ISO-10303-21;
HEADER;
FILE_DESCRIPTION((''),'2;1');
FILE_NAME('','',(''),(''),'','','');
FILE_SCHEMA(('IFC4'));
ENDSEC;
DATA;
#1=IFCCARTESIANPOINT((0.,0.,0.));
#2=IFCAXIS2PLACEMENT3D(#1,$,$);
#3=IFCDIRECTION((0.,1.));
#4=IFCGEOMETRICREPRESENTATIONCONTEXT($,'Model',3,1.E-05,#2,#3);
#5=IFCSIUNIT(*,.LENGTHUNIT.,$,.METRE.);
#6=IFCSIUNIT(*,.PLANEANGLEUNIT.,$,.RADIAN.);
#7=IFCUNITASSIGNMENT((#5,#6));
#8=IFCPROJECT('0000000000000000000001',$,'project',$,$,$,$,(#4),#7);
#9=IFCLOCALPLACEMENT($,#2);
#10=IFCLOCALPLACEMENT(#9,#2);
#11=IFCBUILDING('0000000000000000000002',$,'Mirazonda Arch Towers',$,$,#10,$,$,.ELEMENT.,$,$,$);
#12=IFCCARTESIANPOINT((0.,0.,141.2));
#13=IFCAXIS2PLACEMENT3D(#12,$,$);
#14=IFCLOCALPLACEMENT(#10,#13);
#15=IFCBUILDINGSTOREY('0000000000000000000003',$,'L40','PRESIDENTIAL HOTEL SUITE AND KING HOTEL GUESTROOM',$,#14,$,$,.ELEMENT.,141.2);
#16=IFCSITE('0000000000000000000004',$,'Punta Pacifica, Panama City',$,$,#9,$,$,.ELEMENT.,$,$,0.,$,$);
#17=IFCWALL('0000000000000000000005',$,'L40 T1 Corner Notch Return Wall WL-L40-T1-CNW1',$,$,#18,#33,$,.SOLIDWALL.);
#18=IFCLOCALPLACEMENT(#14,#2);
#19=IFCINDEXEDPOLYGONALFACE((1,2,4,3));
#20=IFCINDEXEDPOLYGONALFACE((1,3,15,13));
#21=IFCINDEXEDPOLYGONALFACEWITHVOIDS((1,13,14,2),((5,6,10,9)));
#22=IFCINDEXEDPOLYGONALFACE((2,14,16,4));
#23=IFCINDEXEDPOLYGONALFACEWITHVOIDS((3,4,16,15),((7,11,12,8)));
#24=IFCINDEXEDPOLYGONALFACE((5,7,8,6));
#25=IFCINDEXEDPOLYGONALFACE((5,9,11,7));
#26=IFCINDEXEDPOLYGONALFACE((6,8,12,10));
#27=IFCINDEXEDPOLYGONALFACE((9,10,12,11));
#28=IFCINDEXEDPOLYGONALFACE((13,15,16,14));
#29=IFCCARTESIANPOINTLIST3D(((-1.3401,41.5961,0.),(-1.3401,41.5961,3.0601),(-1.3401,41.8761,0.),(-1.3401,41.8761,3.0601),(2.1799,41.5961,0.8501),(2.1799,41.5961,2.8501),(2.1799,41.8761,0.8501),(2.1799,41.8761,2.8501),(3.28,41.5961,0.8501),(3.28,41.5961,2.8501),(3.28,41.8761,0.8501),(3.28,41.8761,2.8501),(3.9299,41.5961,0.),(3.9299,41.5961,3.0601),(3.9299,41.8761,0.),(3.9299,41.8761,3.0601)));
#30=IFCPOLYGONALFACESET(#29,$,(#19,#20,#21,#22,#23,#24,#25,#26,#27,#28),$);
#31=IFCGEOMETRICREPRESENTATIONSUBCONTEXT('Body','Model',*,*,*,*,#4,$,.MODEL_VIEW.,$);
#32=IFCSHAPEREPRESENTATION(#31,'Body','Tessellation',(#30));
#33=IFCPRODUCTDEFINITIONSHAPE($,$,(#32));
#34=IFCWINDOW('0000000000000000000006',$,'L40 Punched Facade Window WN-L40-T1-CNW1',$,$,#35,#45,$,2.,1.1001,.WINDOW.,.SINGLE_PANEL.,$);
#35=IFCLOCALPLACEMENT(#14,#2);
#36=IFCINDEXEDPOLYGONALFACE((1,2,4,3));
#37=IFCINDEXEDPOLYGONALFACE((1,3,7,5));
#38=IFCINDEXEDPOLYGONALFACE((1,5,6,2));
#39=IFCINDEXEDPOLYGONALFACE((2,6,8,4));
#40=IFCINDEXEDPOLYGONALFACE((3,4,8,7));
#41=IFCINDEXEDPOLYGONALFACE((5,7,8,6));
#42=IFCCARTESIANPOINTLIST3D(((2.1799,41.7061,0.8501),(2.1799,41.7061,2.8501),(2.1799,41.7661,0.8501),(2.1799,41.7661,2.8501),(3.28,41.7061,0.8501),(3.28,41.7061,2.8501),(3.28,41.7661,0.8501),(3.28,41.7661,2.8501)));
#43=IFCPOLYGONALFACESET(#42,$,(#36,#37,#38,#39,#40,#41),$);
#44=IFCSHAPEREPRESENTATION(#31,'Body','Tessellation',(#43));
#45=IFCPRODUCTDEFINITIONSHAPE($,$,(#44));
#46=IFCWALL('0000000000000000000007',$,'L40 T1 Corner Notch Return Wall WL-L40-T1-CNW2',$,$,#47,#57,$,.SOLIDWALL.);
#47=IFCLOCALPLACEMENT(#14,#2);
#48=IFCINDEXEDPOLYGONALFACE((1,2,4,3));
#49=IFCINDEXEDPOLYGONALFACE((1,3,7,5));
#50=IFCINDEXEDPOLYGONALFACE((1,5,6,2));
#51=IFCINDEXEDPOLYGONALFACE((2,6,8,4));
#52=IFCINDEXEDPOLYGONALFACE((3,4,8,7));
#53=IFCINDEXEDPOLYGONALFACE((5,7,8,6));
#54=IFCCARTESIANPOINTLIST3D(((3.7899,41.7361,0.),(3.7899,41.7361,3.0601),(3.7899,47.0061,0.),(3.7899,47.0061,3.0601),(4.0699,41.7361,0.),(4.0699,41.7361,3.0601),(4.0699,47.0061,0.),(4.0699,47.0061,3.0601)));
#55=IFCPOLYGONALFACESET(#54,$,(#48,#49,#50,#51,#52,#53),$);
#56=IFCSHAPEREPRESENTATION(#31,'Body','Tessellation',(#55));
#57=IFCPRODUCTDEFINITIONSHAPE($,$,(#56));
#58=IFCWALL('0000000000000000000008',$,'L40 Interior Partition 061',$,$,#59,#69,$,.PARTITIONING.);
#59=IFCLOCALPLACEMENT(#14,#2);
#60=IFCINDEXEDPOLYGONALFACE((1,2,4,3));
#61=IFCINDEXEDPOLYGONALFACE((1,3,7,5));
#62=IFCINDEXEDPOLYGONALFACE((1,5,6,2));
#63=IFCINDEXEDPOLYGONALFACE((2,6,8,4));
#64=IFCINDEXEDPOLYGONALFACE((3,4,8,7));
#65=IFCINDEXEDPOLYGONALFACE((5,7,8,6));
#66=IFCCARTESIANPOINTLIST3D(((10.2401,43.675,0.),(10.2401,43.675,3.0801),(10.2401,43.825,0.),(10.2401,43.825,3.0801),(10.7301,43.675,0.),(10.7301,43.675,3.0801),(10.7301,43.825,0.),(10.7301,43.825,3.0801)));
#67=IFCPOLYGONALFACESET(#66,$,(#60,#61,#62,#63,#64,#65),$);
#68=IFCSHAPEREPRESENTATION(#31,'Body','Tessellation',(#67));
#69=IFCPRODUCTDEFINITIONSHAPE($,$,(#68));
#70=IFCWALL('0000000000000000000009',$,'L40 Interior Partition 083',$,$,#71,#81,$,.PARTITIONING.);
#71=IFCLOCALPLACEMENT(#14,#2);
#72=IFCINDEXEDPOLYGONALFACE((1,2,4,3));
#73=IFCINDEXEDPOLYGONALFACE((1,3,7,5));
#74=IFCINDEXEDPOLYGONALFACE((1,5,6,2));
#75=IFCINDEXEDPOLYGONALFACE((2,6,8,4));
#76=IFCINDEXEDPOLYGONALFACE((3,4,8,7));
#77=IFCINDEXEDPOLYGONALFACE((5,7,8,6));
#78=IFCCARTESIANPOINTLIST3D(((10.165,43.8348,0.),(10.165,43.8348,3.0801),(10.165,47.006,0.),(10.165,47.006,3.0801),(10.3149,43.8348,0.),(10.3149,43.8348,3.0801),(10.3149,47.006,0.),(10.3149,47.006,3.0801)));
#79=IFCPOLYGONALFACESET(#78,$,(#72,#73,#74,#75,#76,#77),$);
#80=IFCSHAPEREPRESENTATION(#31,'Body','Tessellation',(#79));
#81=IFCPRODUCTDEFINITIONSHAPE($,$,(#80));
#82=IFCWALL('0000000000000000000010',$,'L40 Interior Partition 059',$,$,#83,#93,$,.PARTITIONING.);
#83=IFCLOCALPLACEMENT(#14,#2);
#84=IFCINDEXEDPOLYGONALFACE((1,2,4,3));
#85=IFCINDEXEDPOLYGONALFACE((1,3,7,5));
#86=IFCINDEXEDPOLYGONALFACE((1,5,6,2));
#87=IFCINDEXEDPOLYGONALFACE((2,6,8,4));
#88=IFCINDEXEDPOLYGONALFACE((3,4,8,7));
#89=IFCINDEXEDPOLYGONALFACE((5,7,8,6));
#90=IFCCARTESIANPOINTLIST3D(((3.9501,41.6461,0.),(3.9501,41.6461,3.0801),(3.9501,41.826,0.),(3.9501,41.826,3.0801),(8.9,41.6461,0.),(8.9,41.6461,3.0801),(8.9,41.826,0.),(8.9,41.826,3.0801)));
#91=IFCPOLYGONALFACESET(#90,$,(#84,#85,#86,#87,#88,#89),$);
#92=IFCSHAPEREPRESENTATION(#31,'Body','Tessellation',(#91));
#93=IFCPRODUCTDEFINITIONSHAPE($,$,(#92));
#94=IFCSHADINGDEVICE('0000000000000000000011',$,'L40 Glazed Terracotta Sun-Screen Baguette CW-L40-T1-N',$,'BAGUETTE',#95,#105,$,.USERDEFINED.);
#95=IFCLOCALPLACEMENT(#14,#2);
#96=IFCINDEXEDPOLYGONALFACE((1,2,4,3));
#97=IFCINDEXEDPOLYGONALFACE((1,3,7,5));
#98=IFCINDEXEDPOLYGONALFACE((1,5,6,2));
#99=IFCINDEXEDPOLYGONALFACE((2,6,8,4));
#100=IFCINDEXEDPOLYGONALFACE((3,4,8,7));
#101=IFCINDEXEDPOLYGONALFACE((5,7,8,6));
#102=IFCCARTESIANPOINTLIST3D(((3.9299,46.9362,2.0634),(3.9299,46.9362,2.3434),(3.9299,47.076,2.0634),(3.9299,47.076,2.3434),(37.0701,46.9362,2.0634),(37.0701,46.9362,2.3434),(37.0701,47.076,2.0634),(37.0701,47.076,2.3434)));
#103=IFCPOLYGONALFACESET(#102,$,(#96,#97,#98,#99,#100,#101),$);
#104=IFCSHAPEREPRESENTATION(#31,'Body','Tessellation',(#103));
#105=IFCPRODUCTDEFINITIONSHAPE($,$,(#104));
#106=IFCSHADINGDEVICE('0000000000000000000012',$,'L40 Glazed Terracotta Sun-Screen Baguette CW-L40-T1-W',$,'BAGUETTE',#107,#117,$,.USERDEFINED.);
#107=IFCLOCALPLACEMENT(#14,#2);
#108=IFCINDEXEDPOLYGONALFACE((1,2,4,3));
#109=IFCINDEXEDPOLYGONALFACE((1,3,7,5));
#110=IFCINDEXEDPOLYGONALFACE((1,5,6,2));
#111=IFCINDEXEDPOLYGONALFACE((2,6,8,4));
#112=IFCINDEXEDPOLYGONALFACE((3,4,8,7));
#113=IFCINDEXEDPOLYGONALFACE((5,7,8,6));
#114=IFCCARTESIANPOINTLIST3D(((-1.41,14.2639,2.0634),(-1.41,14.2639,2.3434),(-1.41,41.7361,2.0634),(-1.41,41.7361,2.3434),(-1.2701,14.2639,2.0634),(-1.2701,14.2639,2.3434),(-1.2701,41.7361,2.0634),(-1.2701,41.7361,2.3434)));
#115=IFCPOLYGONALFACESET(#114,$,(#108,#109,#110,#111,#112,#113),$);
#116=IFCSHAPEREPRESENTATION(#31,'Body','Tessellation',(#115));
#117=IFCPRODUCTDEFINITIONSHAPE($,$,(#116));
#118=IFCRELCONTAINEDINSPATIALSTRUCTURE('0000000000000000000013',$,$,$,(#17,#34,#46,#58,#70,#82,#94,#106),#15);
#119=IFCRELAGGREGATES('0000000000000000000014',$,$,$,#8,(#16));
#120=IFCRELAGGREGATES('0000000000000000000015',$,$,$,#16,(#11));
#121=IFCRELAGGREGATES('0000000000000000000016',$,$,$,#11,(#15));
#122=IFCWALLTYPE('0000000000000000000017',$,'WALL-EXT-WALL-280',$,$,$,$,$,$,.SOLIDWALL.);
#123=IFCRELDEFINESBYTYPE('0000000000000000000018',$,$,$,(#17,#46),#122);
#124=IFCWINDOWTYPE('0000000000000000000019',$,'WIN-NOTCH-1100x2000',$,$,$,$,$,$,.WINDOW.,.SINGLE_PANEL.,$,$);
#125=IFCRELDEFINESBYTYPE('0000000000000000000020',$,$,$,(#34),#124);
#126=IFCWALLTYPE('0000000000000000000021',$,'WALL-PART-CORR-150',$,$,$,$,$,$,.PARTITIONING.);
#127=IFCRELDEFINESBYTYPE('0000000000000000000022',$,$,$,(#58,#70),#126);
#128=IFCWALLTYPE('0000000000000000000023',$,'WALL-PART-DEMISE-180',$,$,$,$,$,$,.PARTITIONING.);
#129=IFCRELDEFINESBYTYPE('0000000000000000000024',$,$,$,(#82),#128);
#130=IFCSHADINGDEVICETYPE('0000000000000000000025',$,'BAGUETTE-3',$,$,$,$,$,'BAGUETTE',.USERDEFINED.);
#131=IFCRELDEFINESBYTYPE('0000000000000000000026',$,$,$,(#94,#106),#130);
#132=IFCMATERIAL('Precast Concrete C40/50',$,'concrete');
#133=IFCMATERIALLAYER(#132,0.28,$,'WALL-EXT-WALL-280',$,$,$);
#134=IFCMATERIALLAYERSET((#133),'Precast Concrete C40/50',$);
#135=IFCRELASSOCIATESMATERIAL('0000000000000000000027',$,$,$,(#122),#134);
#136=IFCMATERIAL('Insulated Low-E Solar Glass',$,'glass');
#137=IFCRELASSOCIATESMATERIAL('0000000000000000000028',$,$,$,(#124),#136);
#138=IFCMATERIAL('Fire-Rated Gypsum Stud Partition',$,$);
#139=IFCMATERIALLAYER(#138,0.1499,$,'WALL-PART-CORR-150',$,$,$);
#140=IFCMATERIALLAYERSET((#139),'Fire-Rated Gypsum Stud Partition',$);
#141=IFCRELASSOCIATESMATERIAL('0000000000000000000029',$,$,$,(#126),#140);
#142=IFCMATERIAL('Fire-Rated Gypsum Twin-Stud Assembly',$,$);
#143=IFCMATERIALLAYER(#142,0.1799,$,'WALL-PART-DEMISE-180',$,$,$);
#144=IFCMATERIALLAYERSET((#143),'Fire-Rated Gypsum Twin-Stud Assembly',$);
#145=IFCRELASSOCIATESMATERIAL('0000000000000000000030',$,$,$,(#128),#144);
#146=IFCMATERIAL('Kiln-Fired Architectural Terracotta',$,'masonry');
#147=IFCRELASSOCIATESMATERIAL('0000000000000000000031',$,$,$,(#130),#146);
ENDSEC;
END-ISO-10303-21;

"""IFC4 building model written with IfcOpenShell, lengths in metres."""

from ifc_helpers import new_model, si_unit, direction, frame, frame_2d, origin, origin_2d, place, context, subcontext, project, spatial, rectangle, extrude, material, layer, layer_set, material_profile, profile_set, type_object, element, fill, save


model = new_model("IFC4")

# Units and contexts
model_context = context("Model", 3, precision=1e-05, world=origin(), true_north=direction((0.0, 1.0)))
body_context = subcontext(model_context, "Body", "Model", "MODEL_VIEW")
ifc_project = project(units=[si_unit("LENGTHUNIT", "METRE"), si_unit("PLANEANGLEUNIT", "RADIAN")], contexts=[model_context])

# Site, building, storey
site_placement = place(None, origin())
site = spatial("IfcSite", under=ifc_project, at=site_placement, Name="Punta Pacifica, Panama City", CompositionType="ELEMENT", RefElevation=0.0)
building_placement = place(site_placement, origin())
building = spatial("IfcBuilding", under=site, at=building_placement, Name="Mirazonda Arch Towers", CompositionType="ELEMENT")
storey_placement = place(building_placement, frame((0.0, 0.0, 141.2)))
storey = spatial("IfcBuildingStorey", under=building, at=storey_placement, Name="L40", Description="PRESIDENTIAL HOTEL SUITE AND KING HOTEL GUESTROOM", CompositionType="ELEMENT", Elevation=141.2)

# Shared definitions
ifc_material_1 = material(Name="Insulated Low-E Solar Glass", Category="glass")

# Wall, opening, window
ifc_material_2 = material(Name="Precast Concrete C40/50", Category="concrete")
ifc_layer_1 = layer(ifc_material_2, 0.28, Name="WALL-EXT-WALL-280")
ifc_layer_set_1 = layer_set([ifc_layer_1], Name="Precast Concrete C40/50")
wall_type_1 = type_object("IfcWallType", Name="WALL-EXT-WALL-280", PredefinedType="SOLIDWALL", material=ifc_layer_set_1)
wall_1_placement = place(storey_placement, frame((3.9299, 41.7361, 0.0), z_axis=(0.0, 0.0, 1.0), x_axis=(-1.0, 0.0, 0.0)))
wall_1 = element("IfcWall", 1, at=wall_1_placement, inside=storey, type_object=wall_type_1, Name="L40 T1 Corner Notch Return Wall WL-L40-T1-CNW1", PredefinedType="SOLIDWALL", context=body_context, shape_type="SweptSolid", body=[
    extrude(rectangle(XDim=5.27, YDim=0.28, at=frame_2d((2.635, 0.0))), origin(), (0.0, 0.0, 1.0), 3.0601),
])
opening_1_placement = place(wall_1_placement, frame((0.6499, 0.0, 0.8501)))
opening_1 = element("IfcOpeningElement", 2, at=opening_1_placement, cuts=wall_1, PredefinedType="OPENING", context=body_context, shape_type="SweptSolid", body=[
    extrude(rectangle(XDim=1.1001, YDim=2.0, at=frame_2d((0.55, 1.0))), frame((0.0, 0.1499, 0.0), z_axis=(0.0, -1.0, 0.0), x_axis=(1.0, 0.0, 0.0)), (0.0, 0.0, 1.0), 0.3),
])
window_type = type_object("IfcWindowType", Name="WIN-NOTCH-1100x2000", PartitioningType="SINGLE_PANEL", PredefinedType="WINDOW", material=ifc_material_1)
window_placement = place(opening_1_placement, origin())
window = element("IfcWindow", 3, at=window_placement, inside=storey, type_object=window_type, Name="L40 Punched Facade Window WN-L40-T1-CNW1", OverallHeight=2.0, OverallWidth=1.1001, PartitioningType="SINGLE_PANEL", PredefinedType="WINDOW", context=body_context, shape_type="SweptSolid", body=[
    extrude(rectangle(XDim=1.1001, YDim=2.0, at=frame_2d((0.55, 1.0))), frame((0.0, 0.03, 0.0), z_axis=(0.0, -1.0, 0.0), x_axis=(1.0, 0.0, 0.0)), (0.0, 0.0, 1.0), 0.0601),
])
fill(opening_1, window)

# Walls
wall_2_placement = place(storey_placement, frame((3.9299, 47.0061, 0.0), z_axis=(0.0, 0.0, 1.0), x_axis=(0.0, -1.0, 0.0)))
element("IfcWall", 4, at=wall_2_placement, inside=storey, type_object=wall_type_1, Name="L40 T1 Corner Notch Return Wall WL-L40-T1-CNW2", PredefinedType="SOLIDWALL", context=body_context, shape_type="SweptSolid", body=[
    extrude(rectangle(XDim=5.27, YDim=0.28, at=frame_2d((2.635, 0.0))), origin(), (0.0, 0.0, 1.0), 3.0601),
])
ifc_material_3 = material(Name="Fire-Rated Gypsum Stud Partition")
ifc_layer_2 = layer(ifc_material_3, 0.1499, Name="WALL-PART-CORR-150")
ifc_layer_set_2 = layer_set([ifc_layer_2], Name="Fire-Rated Gypsum Stud Partition")
wall_type_2 = type_object("IfcWallType", Name="WALL-PART-CORR-150", PredefinedType="PARTITIONING", material=ifc_layer_set_2)
wall_3_placement = place(storey_placement, frame((10.24, 43.75, 0.0), z_axis=(0.0, 0.0, 1.0), x_axis=(1.0, 0.0, 0.0)))
element("IfcWall", 5, at=wall_3_placement, inside=storey, type_object=wall_type_2, Name="L40 Interior Partition 061", PredefinedType="PARTITIONING", context=body_context, shape_type="SweptSolid", body=[
    extrude(rectangle(XDim=0.49, YDim=0.1499, at=frame_2d((0.2451, 0.0))), origin(), (0.0, 0.0, 1.0), 3.0801),
])
wall_4_placement = place(storey_placement, frame((10.24, 43.835, 0.0), z_axis=(0.0, 0.0, 1.0), x_axis=(0.0, 1.0, 0.0)))
element("IfcWall", 6, at=wall_4_placement, inside=storey, type_object=wall_type_2, Name="L40 Interior Partition 083", PredefinedType="PARTITIONING", context=body_context, shape_type="SweptSolid", body=[
    extrude(rectangle(XDim=3.1711, YDim=0.1499, at=frame_2d((1.5854, 0.0))), origin(), (0.0, 0.0, 1.0), 3.0801),
])
ifc_material_4 = material(Name="Fire-Rated Gypsum Twin-Stud Assembly")
ifc_layer_3 = layer(ifc_material_4, 0.1799, Name="WALL-PART-DEMISE-180")
ifc_layer_set_3 = layer_set([ifc_layer_3], Name="Fire-Rated Gypsum Twin-Stud Assembly")
wall_type_3 = type_object("IfcWallType", Name="WALL-PART-DEMISE-180", PredefinedType="PARTITIONING", material=ifc_layer_set_3)
wall_5_placement = place(storey_placement, frame((3.95, 41.7361, 0.0), z_axis=(0.0, 0.0, 1.0), x_axis=(1.0, 0.0, 0.0)))
element("IfcWall", 7, at=wall_5_placement, inside=storey, type_object=wall_type_3, Name="L40 Interior Partition 059", PredefinedType="PARTITIONING", context=body_context, shape_type="SweptSolid", body=[
    extrude(rectangle(XDim=4.95, YDim=0.1799, at=frame_2d((2.4751, 0.0))), origin(), (0.0, 0.0, 1.0), 3.0801),
])

# Shading devices
ifc_material_5 = material(Name="Kiln-Fired Architectural Terracotta", Category="masonry")
ifc_material_profile_1 = material_profile(ifc_material_5, rectangle(XDim=0.1399, YDim=0.28, at=origin_2d()), Name="TERRA-BAG-140x280")
ifc_profile_set_1 = profile_set([ifc_material_profile_1], Name="Kiln-Fired Architectural Terracotta")
shading_device_type = type_object("IfcShadingDeviceType", Name="BAGUETTE-3", ElementType="BAGUETTE", PredefinedType="USERDEFINED", material=ifc_profile_set_1)
shading_device_1_placement = place(storey_placement, frame((3.9299, 47.0061, 2.2034), z_axis=(1.0, 0.0, 0.0), x_axis=(0.0, 1.0, 0.0)))
element("IfcShadingDevice", 8, at=shading_device_1_placement, inside=storey, type_object=shading_device_type, Name="L40 Glazed Terracotta Sun-Screen Baguette CW-L40-T1-N", ObjectType="BAGUETTE", PredefinedType="USERDEFINED", context=body_context, shape_type="SweptSolid", body=[
    extrude(rectangle(XDim=0.1399, YDim=0.28, at=origin_2d()), origin(), (0.0, 0.0, 1.0), 33.1401),
])
shading_device_2_placement = place(storey_placement, frame((-1.3401, 41.7361, 2.2034), z_axis=(0.0, -1.0, 0.0), x_axis=(1.0, 0.0, 0.0)))
element("IfcShadingDevice", 9, at=shading_device_2_placement, inside=storey, type_object=shading_device_type, Name="L40 Glazed Terracotta Sun-Screen Baguette CW-L40-T1-W", ObjectType="BAGUETTE", PredefinedType="USERDEFINED", context=body_context, shape_type="SweptSolid", body=[
    extrude(rectangle(XDim=0.1399, YDim=0.28, at=origin_2d()), origin(), (0.0, 0.0, 1.0), 27.4722),
])

save(model, "model.ifc")
